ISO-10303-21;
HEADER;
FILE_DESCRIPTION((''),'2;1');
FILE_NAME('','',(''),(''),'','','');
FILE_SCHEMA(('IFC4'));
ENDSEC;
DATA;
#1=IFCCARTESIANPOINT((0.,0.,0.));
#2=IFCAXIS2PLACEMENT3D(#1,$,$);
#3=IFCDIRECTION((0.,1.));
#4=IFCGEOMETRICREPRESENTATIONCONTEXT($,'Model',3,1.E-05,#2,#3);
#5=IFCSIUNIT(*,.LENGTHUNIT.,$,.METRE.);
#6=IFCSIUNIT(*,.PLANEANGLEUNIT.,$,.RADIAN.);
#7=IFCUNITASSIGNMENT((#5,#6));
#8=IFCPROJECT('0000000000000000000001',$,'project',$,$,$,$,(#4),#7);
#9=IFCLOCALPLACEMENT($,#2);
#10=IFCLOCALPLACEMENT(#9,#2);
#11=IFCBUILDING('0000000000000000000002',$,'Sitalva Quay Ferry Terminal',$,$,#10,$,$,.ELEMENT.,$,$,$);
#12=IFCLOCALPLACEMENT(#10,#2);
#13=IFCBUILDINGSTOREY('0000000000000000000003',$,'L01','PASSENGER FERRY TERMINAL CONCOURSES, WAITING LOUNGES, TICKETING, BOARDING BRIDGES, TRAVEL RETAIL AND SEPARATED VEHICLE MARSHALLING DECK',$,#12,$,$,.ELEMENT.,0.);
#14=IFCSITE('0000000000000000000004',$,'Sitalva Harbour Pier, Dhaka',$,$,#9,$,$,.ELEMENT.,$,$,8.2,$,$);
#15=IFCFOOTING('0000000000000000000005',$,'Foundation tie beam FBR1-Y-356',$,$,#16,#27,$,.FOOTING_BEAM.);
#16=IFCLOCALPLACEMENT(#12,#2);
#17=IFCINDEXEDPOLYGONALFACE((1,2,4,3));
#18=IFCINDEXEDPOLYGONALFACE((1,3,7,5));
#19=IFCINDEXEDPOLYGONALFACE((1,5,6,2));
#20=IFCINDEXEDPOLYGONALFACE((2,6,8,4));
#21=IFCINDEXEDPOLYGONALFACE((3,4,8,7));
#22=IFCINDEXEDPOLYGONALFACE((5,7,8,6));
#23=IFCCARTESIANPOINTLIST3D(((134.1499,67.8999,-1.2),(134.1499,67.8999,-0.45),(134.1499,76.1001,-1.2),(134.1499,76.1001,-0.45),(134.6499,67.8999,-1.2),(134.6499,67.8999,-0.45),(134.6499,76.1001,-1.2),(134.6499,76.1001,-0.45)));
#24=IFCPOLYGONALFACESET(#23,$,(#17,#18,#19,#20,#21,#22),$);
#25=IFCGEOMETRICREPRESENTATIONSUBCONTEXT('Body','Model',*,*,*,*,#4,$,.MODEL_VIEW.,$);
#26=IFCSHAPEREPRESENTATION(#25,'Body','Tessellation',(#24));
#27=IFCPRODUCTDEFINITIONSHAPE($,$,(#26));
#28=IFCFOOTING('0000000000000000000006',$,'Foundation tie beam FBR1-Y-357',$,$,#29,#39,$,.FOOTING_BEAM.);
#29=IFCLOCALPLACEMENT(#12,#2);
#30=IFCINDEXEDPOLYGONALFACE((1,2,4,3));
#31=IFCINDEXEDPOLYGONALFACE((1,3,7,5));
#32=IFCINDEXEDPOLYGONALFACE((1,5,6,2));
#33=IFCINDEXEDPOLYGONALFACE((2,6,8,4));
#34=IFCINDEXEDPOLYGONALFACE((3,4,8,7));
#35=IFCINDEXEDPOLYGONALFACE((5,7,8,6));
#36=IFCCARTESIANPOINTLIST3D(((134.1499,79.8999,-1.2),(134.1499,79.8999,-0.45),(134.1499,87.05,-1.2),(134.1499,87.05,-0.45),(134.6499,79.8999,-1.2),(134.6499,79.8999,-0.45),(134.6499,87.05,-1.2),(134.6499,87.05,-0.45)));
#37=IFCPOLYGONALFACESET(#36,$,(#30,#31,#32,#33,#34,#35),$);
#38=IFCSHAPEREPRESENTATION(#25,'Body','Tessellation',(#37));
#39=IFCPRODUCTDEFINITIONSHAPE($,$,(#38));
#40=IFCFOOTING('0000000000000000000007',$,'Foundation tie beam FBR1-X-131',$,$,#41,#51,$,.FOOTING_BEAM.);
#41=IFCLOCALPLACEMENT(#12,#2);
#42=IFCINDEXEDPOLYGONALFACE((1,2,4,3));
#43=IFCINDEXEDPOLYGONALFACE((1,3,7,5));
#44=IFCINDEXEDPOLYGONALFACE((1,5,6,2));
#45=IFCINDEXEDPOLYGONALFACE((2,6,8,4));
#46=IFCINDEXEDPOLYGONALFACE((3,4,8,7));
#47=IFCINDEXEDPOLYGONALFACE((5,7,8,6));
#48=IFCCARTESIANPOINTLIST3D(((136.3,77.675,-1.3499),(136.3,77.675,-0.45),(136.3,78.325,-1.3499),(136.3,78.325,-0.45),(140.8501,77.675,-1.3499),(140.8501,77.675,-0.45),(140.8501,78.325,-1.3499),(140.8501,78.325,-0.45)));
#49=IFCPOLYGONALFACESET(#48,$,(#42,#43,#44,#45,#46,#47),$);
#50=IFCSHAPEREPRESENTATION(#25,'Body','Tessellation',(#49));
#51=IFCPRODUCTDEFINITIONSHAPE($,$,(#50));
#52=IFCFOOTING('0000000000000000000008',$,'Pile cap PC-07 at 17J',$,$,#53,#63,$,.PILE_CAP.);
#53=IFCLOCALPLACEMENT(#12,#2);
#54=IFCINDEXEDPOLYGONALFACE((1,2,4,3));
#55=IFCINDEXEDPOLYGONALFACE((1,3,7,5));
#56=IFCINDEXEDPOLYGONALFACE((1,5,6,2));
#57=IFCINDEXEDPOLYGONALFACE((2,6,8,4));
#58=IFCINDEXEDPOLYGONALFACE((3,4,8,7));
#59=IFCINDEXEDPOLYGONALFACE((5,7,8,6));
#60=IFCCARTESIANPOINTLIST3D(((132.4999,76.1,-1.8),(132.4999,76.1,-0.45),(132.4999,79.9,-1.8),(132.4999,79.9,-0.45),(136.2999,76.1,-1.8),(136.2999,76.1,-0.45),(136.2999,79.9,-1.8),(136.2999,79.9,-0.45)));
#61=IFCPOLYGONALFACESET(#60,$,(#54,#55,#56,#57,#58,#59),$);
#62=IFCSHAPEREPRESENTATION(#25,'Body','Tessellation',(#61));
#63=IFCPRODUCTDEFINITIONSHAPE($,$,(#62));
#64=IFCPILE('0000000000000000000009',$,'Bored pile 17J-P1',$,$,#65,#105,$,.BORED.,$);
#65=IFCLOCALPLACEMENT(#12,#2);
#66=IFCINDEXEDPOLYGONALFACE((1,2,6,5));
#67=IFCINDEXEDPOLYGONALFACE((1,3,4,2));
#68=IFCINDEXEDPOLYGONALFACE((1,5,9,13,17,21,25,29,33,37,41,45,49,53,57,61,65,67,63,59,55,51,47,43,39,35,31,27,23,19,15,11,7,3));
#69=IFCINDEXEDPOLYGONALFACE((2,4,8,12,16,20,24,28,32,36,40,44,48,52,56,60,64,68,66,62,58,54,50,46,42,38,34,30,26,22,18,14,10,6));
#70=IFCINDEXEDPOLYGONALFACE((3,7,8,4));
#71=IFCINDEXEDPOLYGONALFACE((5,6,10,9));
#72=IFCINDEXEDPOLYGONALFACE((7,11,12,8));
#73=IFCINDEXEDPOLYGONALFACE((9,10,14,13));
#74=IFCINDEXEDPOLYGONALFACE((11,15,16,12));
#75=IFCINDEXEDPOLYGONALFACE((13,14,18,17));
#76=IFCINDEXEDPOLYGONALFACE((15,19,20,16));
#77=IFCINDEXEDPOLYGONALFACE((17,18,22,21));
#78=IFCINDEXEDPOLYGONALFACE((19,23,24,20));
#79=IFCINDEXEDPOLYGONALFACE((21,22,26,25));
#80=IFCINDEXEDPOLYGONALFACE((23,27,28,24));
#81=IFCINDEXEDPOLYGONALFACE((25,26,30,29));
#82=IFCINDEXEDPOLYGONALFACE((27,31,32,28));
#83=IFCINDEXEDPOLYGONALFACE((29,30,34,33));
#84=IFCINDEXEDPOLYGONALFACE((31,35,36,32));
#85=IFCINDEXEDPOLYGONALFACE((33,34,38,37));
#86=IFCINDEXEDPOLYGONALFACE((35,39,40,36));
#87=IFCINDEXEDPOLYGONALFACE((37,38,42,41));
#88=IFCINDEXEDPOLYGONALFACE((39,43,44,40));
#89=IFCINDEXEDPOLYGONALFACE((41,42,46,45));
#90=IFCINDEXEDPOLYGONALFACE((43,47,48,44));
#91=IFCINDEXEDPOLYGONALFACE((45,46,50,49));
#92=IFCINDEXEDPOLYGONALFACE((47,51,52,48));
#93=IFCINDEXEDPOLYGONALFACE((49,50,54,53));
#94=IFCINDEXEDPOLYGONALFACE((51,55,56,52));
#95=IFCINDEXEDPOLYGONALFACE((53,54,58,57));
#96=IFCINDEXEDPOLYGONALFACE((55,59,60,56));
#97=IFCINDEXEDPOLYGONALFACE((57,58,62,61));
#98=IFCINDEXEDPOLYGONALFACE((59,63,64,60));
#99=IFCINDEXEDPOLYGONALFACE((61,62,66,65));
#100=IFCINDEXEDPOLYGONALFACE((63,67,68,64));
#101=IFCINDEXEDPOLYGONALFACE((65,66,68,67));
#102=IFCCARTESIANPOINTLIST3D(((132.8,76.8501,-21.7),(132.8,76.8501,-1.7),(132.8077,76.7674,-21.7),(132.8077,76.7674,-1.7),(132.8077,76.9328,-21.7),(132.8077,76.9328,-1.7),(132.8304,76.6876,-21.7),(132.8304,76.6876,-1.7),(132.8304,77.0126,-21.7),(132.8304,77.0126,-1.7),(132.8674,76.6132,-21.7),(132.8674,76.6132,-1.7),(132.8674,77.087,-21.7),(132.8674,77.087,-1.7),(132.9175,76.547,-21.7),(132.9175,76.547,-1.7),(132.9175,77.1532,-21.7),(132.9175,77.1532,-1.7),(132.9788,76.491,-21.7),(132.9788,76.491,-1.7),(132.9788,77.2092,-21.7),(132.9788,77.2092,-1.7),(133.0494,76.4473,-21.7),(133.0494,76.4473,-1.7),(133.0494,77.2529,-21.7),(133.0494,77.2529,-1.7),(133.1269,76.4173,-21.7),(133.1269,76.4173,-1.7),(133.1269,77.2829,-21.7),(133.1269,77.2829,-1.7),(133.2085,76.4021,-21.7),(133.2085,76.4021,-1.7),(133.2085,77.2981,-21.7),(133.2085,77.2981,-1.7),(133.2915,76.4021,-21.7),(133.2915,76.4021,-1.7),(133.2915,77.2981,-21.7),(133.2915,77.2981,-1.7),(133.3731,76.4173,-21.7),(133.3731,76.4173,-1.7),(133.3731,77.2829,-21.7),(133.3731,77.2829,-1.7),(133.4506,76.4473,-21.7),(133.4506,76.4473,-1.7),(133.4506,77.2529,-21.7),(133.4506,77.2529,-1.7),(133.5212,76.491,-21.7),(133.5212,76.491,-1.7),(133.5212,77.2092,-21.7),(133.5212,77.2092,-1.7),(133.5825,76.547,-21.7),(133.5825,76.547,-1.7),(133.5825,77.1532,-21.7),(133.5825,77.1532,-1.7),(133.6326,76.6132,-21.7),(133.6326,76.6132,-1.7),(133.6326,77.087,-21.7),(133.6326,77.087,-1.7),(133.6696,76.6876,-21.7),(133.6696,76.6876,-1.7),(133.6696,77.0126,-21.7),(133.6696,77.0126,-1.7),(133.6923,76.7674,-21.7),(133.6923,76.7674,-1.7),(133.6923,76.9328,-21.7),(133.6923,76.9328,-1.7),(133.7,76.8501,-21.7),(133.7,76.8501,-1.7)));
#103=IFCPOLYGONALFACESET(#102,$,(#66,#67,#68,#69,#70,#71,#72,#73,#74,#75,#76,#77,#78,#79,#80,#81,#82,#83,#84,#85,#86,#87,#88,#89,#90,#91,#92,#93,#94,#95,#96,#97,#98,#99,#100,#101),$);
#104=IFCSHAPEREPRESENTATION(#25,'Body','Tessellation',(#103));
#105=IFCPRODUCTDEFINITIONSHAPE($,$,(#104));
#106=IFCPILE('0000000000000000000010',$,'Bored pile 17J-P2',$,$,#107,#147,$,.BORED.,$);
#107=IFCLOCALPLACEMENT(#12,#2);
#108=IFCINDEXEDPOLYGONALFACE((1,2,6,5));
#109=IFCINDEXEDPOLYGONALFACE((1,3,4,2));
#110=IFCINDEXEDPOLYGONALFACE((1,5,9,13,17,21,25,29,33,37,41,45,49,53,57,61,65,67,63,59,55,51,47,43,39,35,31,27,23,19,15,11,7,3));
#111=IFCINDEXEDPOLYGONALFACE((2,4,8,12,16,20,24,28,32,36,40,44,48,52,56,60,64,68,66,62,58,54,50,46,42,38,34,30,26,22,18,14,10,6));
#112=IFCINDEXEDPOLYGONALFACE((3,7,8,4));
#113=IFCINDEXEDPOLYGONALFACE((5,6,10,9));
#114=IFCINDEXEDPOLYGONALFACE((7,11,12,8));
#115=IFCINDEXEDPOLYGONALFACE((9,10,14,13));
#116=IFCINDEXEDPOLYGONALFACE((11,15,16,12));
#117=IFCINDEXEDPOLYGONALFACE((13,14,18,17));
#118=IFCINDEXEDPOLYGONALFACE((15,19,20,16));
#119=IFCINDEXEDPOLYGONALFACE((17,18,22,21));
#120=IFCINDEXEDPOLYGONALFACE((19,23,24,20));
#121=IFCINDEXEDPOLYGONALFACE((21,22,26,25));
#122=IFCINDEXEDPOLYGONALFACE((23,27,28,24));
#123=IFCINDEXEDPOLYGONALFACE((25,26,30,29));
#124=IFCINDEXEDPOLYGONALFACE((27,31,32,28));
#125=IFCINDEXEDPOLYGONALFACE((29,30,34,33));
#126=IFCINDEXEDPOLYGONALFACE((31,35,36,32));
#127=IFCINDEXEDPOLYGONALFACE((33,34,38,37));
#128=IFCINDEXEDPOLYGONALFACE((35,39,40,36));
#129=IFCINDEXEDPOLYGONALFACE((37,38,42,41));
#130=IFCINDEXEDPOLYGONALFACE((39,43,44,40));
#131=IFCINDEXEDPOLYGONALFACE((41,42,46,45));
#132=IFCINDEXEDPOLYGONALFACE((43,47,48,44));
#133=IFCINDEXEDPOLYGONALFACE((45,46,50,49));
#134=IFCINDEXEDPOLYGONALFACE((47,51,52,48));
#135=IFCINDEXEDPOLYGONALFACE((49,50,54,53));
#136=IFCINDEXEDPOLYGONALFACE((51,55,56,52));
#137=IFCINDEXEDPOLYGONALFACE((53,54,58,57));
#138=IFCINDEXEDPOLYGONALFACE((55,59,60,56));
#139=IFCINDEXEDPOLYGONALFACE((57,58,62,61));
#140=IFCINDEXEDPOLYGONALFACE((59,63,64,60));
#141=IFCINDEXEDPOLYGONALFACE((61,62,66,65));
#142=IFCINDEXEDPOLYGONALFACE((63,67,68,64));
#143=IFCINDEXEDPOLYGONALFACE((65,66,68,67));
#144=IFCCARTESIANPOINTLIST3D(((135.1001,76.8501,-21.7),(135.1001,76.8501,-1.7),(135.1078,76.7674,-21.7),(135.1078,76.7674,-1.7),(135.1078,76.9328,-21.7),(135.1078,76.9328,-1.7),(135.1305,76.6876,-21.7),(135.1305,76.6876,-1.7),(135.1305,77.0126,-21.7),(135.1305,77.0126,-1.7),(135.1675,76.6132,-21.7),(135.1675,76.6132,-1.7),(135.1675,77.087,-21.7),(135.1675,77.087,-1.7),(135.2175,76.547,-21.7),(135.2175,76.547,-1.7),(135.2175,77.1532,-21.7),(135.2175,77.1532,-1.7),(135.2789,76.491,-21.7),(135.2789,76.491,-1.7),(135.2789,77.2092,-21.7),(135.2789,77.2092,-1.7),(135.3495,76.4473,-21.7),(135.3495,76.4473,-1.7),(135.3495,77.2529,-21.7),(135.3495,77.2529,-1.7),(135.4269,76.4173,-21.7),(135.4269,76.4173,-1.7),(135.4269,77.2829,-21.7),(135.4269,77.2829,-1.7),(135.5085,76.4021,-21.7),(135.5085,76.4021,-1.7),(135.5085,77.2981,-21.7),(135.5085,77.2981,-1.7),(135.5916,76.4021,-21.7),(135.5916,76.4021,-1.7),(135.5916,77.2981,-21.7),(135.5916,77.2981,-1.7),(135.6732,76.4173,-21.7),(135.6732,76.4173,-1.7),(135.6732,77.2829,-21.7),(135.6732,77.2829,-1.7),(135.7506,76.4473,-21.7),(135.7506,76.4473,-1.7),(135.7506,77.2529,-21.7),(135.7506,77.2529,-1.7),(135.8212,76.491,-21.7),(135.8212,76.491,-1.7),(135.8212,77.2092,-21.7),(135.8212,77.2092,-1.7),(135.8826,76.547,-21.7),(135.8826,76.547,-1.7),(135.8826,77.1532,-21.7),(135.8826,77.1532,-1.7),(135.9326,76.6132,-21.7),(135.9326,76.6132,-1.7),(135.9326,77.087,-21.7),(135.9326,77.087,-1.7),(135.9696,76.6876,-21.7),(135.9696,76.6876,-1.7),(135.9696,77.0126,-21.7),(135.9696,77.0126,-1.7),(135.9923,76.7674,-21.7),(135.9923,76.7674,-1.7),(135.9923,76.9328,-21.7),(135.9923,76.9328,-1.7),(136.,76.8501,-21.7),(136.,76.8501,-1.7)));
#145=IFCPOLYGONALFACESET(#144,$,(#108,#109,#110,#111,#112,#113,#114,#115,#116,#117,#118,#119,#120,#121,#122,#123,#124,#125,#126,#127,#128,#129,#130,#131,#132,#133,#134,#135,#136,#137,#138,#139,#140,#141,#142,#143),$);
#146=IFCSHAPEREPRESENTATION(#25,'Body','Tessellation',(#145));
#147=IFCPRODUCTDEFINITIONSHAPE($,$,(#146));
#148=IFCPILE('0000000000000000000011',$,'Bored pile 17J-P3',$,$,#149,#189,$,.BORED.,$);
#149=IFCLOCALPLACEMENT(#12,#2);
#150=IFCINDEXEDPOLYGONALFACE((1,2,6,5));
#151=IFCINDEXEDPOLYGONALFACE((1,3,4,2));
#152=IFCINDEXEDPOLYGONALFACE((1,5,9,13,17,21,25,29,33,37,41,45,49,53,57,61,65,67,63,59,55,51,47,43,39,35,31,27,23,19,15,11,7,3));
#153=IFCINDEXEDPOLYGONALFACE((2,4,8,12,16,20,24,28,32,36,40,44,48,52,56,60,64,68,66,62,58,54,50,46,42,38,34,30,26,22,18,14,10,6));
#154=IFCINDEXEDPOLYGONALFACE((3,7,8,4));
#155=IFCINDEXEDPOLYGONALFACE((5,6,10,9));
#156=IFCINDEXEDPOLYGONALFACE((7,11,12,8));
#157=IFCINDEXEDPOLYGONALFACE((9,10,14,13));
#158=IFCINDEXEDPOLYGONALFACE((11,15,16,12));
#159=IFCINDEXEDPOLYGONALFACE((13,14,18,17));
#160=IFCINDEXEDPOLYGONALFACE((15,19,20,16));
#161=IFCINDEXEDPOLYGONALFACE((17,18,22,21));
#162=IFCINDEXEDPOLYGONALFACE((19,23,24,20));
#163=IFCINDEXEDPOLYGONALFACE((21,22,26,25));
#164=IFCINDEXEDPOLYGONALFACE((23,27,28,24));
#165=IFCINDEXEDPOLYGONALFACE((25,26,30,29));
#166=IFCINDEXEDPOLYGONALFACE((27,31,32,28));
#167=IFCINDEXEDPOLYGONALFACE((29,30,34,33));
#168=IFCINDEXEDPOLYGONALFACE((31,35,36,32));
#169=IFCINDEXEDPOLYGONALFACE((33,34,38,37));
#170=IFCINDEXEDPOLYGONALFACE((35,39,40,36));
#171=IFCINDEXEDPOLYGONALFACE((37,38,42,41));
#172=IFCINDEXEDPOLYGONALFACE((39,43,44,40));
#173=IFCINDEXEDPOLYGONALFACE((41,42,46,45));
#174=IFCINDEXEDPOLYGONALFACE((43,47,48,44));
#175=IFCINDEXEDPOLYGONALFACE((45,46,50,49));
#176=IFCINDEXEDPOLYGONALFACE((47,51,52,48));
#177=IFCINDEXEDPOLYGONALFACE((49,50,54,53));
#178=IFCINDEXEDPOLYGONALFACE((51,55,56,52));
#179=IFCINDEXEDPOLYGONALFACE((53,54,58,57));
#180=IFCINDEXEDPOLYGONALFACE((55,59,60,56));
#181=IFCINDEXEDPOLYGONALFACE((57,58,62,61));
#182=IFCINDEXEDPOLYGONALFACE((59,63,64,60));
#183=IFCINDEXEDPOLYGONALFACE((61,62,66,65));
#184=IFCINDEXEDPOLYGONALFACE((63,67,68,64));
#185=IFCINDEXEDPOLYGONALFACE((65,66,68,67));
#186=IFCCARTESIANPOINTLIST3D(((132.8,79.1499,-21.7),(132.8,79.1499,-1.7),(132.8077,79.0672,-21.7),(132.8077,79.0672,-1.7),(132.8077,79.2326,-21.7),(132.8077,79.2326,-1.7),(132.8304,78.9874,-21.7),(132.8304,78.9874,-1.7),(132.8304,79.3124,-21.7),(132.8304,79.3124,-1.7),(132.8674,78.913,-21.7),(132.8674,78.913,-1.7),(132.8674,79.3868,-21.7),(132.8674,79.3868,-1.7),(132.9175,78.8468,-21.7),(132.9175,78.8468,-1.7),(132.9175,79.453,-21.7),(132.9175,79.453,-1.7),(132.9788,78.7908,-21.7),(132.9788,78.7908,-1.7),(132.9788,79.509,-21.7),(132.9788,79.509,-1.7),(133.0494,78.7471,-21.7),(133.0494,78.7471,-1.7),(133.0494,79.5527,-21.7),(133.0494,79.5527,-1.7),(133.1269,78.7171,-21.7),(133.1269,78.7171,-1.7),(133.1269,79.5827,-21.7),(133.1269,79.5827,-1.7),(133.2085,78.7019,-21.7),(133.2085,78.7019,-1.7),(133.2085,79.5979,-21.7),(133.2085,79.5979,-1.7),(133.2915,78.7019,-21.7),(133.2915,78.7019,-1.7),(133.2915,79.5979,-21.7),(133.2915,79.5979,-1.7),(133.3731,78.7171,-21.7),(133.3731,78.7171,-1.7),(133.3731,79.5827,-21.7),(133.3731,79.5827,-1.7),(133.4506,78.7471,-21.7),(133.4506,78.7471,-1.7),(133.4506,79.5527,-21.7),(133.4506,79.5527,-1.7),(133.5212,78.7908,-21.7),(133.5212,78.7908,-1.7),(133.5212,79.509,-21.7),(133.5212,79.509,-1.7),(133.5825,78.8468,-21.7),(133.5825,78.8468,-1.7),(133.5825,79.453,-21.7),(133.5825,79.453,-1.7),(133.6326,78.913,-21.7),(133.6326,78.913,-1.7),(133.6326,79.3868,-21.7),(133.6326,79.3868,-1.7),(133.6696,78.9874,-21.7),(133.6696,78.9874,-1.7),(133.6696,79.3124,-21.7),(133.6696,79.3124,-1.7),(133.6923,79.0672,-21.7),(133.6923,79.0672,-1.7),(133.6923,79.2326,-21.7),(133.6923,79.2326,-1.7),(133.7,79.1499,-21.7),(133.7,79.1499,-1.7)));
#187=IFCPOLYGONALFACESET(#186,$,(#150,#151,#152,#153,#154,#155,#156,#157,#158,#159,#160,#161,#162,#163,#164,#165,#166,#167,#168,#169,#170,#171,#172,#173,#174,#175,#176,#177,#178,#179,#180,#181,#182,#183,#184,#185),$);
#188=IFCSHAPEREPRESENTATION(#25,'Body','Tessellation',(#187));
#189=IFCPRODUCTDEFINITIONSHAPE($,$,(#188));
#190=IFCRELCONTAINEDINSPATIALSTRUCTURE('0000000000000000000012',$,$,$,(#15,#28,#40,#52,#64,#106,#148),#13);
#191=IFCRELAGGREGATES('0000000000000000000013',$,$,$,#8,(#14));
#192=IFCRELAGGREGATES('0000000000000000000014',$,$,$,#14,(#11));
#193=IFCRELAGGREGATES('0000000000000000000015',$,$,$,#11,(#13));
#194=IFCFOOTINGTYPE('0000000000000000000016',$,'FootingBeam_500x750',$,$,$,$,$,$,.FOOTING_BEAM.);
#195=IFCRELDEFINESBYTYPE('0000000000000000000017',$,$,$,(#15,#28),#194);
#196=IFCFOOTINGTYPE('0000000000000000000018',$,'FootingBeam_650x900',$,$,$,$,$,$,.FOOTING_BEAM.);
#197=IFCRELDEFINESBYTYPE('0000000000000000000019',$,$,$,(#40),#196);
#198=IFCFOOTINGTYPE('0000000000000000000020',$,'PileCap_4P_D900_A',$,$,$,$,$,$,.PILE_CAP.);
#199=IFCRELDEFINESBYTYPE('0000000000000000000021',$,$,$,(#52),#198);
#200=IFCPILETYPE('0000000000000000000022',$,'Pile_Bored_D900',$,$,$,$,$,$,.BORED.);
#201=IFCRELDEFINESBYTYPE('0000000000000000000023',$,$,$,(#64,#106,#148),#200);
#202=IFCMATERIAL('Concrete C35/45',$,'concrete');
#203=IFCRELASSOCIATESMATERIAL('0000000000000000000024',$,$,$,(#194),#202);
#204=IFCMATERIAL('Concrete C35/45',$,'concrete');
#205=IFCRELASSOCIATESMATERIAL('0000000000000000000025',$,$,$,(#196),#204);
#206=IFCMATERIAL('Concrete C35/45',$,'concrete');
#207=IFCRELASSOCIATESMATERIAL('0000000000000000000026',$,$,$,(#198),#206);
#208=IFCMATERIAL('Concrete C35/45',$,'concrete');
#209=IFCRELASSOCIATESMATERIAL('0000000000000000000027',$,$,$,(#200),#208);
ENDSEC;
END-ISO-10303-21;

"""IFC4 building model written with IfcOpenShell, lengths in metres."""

from ifc_helpers import new_model, si_unit, direction, frame, origin, origin_2d, place, context, subcontext, project, spatial, rectangle, circle, extrude, material, material_profile, profile_set, type_object, element, save


model = new_model("IFC4")

# Units and contexts
model_context = context("Model", 3, precision=1e-05, world=origin(), true_north=direction((0.0, 1.0)))
body_context = subcontext(model_context, "Body", "Model", "MODEL_VIEW")
ifc_project = project(units=[si_unit("LENGTHUNIT", "METRE"), si_unit("PLANEANGLEUNIT", "RADIAN")], contexts=[model_context])

# Site, building, storey
site_placement = place(None, origin())
site = spatial("IfcSite", under=ifc_project, at=site_placement, Name="Sitalva Harbour Pier, Dhaka", CompositionType="ELEMENT", RefElevation=8.2)
building_placement = place(site_placement, origin())
building = spatial("IfcBuilding", under=site, at=building_placement, Name="Sitalva Quay Ferry Terminal", CompositionType="ELEMENT")
storey_placement = place(building_placement, origin())
storey = spatial("IfcBuildingStorey", under=building, at=storey_placement, Name="L01", Description="PASSENGER FERRY TERMINAL CONCOURSES, WAITING LOUNGES, TICKETING, BOARDING BRIDGES, TRAVEL RETAIL AND SEPARATED VEHICLE MARSHALLING DECK", CompositionType="ELEMENT", Elevation=0.0)

# Footings
ifc_material_1 = material(Name="Concrete C35/45", Category="concrete")
ifc_material_profile_1 = material_profile(ifc_material_1, rectangle(XDim=0.5, YDim=0.75, at=origin_2d()), Name="RC500x750")
ifc_profile_set_1 = profile_set([ifc_material_profile_1], Name="Concrete C35/45")
footing_type_1 = type_object("IfcFootingType", Name="FootingBeam_500x750", PredefinedType="FOOTING_BEAM", material=ifc_profile_set_1)
footing_1_placement = place(storey_placement, frame((134.3999, 67.8999, -0.825), z_axis=(0.0, 1.0, 0.0), x_axis=(-1.0, 0.0, 0.0)))
element("IfcFooting", 1, at=footing_1_placement, inside=storey, type_object=footing_type_1, Name="Foundation tie beam FBR1-Y-356", PredefinedType="FOOTING_BEAM", context=body_context, shape_type="SweptSolid", body=[
    extrude(rectangle(XDim=0.5, YDim=0.75, at=origin_2d()), origin(), (0.0, 0.0, 1.0), 8.2002),
])
footing_2_placement = place(storey_placement, frame((134.3999, 79.8999, -0.825), z_axis=(0.0, 1.0, 0.0), x_axis=(-1.0, 0.0, 0.0)))
element("IfcFooting", 2, at=footing_2_placement, inside=storey, type_object=footing_type_1, Name="Foundation tie beam FBR1-Y-357", PredefinedType="FOOTING_BEAM", context=body_context, shape_type="SweptSolid", body=[
    extrude(rectangle(XDim=0.5, YDim=0.75, at=origin_2d()), origin(), (0.0, 0.0, 1.0), 7.1501),
])
ifc_material_2 = material(Name="Concrete C35/45", Category="concrete")
ifc_material_profile_2 = material_profile(ifc_material_2, rectangle(XDim=0.6499, YDim=0.8999, at=origin_2d()), Name="RC650x900")
ifc_profile_set_2 = profile_set([ifc_material_profile_2], Name="Concrete C35/45")
footing_type_2 = type_object("IfcFootingType", Name="FootingBeam_650x900", PredefinedType="FOOTING_BEAM", material=ifc_profile_set_2)
footing_3_placement = place(storey_placement, frame((136.3, 78.0, -0.8999), z_axis=(1.0, 0.0, 0.0), x_axis=(0.0, 1.0, 0.0)))
element("IfcFooting", 3, at=footing_3_placement, inside=storey, type_object=footing_type_2, Name="Foundation tie beam FBR1-X-131", PredefinedType="FOOTING_BEAM", context=body_context, shape_type="SweptSolid", body=[
    extrude(rectangle(XDim=0.6499, YDim=0.8999, at=origin_2d()), origin(), (0.0, 0.0, 1.0), 4.55),
])
ifc_material_3 = material(Name="Concrete C35/45", Category="concrete")
footing_type_3 = type_object("IfcFootingType", Name="PileCap_4P_D900_A", PredefinedType="PILE_CAP", material=ifc_material_3)
footing_4_placement = place(storey_placement, frame((134.3999, 78.0, -1.8), z_axis=(0.0, 0.0, 1.0), x_axis=(1.0, 0.0, 0.0)))
element("IfcFooting", 4, at=footing_4_placement, inside=storey, type_object=footing_type_3, Name="Pile cap PC-07 at 17J", PredefinedType="PILE_CAP", context=body_context, shape_type="SweptSolid", body=[
    extrude(rectangle(XDim=3.8, YDim=3.8, at=origin_2d()), origin(), (0.0, 0.0, 1.0), 1.3501),
])

# Piles
ifc_material_4 = material(Name="Concrete C35/45", Category="concrete")
ifc_material_profile_3 = material_profile(ifc_material_4, circle(Radius=0.45, at=origin_2d()), Name="PILE-D900")
ifc_profile_set_3 = profile_set([ifc_material_profile_3], Name="Concrete C35/45")
pile_type = type_object("IfcPileType", Name="Pile_Bored_D900", PredefinedType="BORED", material=ifc_profile_set_3)
for number, where, z_axis, x_axis, name in (
    (5, (133.25, 76.8501, -1.7), (0.0, 0.0, -1.0), (1.0, 0.0, 0.0), "Bored pile 17J-P1"),
    (6, (135.55, 76.8501, -1.7), (0.0, 0.0, -1.0), (1.0, 0.0, 0.0), "Bored pile 17J-P2"),
    (7, (133.25, 79.1499, -1.7), (0.0, 0.0, -1.0), (1.0, 0.0, 0.0), "Bored pile 17J-P3"),
):
    element("IfcPile", number, at=place(storey_placement, frame(where, z_axis=z_axis, x_axis=x_axis)), inside=storey, type_object=pile_type, Name=name, PredefinedType="BORED", context=body_context, shape_type="SweptSolid", body=[
        extrude(circle(Radius=0.45, at=origin_2d()), origin(), (0.0, 0.0, 1.0), 20.0),
    ])

save(model, "model.ifc")
